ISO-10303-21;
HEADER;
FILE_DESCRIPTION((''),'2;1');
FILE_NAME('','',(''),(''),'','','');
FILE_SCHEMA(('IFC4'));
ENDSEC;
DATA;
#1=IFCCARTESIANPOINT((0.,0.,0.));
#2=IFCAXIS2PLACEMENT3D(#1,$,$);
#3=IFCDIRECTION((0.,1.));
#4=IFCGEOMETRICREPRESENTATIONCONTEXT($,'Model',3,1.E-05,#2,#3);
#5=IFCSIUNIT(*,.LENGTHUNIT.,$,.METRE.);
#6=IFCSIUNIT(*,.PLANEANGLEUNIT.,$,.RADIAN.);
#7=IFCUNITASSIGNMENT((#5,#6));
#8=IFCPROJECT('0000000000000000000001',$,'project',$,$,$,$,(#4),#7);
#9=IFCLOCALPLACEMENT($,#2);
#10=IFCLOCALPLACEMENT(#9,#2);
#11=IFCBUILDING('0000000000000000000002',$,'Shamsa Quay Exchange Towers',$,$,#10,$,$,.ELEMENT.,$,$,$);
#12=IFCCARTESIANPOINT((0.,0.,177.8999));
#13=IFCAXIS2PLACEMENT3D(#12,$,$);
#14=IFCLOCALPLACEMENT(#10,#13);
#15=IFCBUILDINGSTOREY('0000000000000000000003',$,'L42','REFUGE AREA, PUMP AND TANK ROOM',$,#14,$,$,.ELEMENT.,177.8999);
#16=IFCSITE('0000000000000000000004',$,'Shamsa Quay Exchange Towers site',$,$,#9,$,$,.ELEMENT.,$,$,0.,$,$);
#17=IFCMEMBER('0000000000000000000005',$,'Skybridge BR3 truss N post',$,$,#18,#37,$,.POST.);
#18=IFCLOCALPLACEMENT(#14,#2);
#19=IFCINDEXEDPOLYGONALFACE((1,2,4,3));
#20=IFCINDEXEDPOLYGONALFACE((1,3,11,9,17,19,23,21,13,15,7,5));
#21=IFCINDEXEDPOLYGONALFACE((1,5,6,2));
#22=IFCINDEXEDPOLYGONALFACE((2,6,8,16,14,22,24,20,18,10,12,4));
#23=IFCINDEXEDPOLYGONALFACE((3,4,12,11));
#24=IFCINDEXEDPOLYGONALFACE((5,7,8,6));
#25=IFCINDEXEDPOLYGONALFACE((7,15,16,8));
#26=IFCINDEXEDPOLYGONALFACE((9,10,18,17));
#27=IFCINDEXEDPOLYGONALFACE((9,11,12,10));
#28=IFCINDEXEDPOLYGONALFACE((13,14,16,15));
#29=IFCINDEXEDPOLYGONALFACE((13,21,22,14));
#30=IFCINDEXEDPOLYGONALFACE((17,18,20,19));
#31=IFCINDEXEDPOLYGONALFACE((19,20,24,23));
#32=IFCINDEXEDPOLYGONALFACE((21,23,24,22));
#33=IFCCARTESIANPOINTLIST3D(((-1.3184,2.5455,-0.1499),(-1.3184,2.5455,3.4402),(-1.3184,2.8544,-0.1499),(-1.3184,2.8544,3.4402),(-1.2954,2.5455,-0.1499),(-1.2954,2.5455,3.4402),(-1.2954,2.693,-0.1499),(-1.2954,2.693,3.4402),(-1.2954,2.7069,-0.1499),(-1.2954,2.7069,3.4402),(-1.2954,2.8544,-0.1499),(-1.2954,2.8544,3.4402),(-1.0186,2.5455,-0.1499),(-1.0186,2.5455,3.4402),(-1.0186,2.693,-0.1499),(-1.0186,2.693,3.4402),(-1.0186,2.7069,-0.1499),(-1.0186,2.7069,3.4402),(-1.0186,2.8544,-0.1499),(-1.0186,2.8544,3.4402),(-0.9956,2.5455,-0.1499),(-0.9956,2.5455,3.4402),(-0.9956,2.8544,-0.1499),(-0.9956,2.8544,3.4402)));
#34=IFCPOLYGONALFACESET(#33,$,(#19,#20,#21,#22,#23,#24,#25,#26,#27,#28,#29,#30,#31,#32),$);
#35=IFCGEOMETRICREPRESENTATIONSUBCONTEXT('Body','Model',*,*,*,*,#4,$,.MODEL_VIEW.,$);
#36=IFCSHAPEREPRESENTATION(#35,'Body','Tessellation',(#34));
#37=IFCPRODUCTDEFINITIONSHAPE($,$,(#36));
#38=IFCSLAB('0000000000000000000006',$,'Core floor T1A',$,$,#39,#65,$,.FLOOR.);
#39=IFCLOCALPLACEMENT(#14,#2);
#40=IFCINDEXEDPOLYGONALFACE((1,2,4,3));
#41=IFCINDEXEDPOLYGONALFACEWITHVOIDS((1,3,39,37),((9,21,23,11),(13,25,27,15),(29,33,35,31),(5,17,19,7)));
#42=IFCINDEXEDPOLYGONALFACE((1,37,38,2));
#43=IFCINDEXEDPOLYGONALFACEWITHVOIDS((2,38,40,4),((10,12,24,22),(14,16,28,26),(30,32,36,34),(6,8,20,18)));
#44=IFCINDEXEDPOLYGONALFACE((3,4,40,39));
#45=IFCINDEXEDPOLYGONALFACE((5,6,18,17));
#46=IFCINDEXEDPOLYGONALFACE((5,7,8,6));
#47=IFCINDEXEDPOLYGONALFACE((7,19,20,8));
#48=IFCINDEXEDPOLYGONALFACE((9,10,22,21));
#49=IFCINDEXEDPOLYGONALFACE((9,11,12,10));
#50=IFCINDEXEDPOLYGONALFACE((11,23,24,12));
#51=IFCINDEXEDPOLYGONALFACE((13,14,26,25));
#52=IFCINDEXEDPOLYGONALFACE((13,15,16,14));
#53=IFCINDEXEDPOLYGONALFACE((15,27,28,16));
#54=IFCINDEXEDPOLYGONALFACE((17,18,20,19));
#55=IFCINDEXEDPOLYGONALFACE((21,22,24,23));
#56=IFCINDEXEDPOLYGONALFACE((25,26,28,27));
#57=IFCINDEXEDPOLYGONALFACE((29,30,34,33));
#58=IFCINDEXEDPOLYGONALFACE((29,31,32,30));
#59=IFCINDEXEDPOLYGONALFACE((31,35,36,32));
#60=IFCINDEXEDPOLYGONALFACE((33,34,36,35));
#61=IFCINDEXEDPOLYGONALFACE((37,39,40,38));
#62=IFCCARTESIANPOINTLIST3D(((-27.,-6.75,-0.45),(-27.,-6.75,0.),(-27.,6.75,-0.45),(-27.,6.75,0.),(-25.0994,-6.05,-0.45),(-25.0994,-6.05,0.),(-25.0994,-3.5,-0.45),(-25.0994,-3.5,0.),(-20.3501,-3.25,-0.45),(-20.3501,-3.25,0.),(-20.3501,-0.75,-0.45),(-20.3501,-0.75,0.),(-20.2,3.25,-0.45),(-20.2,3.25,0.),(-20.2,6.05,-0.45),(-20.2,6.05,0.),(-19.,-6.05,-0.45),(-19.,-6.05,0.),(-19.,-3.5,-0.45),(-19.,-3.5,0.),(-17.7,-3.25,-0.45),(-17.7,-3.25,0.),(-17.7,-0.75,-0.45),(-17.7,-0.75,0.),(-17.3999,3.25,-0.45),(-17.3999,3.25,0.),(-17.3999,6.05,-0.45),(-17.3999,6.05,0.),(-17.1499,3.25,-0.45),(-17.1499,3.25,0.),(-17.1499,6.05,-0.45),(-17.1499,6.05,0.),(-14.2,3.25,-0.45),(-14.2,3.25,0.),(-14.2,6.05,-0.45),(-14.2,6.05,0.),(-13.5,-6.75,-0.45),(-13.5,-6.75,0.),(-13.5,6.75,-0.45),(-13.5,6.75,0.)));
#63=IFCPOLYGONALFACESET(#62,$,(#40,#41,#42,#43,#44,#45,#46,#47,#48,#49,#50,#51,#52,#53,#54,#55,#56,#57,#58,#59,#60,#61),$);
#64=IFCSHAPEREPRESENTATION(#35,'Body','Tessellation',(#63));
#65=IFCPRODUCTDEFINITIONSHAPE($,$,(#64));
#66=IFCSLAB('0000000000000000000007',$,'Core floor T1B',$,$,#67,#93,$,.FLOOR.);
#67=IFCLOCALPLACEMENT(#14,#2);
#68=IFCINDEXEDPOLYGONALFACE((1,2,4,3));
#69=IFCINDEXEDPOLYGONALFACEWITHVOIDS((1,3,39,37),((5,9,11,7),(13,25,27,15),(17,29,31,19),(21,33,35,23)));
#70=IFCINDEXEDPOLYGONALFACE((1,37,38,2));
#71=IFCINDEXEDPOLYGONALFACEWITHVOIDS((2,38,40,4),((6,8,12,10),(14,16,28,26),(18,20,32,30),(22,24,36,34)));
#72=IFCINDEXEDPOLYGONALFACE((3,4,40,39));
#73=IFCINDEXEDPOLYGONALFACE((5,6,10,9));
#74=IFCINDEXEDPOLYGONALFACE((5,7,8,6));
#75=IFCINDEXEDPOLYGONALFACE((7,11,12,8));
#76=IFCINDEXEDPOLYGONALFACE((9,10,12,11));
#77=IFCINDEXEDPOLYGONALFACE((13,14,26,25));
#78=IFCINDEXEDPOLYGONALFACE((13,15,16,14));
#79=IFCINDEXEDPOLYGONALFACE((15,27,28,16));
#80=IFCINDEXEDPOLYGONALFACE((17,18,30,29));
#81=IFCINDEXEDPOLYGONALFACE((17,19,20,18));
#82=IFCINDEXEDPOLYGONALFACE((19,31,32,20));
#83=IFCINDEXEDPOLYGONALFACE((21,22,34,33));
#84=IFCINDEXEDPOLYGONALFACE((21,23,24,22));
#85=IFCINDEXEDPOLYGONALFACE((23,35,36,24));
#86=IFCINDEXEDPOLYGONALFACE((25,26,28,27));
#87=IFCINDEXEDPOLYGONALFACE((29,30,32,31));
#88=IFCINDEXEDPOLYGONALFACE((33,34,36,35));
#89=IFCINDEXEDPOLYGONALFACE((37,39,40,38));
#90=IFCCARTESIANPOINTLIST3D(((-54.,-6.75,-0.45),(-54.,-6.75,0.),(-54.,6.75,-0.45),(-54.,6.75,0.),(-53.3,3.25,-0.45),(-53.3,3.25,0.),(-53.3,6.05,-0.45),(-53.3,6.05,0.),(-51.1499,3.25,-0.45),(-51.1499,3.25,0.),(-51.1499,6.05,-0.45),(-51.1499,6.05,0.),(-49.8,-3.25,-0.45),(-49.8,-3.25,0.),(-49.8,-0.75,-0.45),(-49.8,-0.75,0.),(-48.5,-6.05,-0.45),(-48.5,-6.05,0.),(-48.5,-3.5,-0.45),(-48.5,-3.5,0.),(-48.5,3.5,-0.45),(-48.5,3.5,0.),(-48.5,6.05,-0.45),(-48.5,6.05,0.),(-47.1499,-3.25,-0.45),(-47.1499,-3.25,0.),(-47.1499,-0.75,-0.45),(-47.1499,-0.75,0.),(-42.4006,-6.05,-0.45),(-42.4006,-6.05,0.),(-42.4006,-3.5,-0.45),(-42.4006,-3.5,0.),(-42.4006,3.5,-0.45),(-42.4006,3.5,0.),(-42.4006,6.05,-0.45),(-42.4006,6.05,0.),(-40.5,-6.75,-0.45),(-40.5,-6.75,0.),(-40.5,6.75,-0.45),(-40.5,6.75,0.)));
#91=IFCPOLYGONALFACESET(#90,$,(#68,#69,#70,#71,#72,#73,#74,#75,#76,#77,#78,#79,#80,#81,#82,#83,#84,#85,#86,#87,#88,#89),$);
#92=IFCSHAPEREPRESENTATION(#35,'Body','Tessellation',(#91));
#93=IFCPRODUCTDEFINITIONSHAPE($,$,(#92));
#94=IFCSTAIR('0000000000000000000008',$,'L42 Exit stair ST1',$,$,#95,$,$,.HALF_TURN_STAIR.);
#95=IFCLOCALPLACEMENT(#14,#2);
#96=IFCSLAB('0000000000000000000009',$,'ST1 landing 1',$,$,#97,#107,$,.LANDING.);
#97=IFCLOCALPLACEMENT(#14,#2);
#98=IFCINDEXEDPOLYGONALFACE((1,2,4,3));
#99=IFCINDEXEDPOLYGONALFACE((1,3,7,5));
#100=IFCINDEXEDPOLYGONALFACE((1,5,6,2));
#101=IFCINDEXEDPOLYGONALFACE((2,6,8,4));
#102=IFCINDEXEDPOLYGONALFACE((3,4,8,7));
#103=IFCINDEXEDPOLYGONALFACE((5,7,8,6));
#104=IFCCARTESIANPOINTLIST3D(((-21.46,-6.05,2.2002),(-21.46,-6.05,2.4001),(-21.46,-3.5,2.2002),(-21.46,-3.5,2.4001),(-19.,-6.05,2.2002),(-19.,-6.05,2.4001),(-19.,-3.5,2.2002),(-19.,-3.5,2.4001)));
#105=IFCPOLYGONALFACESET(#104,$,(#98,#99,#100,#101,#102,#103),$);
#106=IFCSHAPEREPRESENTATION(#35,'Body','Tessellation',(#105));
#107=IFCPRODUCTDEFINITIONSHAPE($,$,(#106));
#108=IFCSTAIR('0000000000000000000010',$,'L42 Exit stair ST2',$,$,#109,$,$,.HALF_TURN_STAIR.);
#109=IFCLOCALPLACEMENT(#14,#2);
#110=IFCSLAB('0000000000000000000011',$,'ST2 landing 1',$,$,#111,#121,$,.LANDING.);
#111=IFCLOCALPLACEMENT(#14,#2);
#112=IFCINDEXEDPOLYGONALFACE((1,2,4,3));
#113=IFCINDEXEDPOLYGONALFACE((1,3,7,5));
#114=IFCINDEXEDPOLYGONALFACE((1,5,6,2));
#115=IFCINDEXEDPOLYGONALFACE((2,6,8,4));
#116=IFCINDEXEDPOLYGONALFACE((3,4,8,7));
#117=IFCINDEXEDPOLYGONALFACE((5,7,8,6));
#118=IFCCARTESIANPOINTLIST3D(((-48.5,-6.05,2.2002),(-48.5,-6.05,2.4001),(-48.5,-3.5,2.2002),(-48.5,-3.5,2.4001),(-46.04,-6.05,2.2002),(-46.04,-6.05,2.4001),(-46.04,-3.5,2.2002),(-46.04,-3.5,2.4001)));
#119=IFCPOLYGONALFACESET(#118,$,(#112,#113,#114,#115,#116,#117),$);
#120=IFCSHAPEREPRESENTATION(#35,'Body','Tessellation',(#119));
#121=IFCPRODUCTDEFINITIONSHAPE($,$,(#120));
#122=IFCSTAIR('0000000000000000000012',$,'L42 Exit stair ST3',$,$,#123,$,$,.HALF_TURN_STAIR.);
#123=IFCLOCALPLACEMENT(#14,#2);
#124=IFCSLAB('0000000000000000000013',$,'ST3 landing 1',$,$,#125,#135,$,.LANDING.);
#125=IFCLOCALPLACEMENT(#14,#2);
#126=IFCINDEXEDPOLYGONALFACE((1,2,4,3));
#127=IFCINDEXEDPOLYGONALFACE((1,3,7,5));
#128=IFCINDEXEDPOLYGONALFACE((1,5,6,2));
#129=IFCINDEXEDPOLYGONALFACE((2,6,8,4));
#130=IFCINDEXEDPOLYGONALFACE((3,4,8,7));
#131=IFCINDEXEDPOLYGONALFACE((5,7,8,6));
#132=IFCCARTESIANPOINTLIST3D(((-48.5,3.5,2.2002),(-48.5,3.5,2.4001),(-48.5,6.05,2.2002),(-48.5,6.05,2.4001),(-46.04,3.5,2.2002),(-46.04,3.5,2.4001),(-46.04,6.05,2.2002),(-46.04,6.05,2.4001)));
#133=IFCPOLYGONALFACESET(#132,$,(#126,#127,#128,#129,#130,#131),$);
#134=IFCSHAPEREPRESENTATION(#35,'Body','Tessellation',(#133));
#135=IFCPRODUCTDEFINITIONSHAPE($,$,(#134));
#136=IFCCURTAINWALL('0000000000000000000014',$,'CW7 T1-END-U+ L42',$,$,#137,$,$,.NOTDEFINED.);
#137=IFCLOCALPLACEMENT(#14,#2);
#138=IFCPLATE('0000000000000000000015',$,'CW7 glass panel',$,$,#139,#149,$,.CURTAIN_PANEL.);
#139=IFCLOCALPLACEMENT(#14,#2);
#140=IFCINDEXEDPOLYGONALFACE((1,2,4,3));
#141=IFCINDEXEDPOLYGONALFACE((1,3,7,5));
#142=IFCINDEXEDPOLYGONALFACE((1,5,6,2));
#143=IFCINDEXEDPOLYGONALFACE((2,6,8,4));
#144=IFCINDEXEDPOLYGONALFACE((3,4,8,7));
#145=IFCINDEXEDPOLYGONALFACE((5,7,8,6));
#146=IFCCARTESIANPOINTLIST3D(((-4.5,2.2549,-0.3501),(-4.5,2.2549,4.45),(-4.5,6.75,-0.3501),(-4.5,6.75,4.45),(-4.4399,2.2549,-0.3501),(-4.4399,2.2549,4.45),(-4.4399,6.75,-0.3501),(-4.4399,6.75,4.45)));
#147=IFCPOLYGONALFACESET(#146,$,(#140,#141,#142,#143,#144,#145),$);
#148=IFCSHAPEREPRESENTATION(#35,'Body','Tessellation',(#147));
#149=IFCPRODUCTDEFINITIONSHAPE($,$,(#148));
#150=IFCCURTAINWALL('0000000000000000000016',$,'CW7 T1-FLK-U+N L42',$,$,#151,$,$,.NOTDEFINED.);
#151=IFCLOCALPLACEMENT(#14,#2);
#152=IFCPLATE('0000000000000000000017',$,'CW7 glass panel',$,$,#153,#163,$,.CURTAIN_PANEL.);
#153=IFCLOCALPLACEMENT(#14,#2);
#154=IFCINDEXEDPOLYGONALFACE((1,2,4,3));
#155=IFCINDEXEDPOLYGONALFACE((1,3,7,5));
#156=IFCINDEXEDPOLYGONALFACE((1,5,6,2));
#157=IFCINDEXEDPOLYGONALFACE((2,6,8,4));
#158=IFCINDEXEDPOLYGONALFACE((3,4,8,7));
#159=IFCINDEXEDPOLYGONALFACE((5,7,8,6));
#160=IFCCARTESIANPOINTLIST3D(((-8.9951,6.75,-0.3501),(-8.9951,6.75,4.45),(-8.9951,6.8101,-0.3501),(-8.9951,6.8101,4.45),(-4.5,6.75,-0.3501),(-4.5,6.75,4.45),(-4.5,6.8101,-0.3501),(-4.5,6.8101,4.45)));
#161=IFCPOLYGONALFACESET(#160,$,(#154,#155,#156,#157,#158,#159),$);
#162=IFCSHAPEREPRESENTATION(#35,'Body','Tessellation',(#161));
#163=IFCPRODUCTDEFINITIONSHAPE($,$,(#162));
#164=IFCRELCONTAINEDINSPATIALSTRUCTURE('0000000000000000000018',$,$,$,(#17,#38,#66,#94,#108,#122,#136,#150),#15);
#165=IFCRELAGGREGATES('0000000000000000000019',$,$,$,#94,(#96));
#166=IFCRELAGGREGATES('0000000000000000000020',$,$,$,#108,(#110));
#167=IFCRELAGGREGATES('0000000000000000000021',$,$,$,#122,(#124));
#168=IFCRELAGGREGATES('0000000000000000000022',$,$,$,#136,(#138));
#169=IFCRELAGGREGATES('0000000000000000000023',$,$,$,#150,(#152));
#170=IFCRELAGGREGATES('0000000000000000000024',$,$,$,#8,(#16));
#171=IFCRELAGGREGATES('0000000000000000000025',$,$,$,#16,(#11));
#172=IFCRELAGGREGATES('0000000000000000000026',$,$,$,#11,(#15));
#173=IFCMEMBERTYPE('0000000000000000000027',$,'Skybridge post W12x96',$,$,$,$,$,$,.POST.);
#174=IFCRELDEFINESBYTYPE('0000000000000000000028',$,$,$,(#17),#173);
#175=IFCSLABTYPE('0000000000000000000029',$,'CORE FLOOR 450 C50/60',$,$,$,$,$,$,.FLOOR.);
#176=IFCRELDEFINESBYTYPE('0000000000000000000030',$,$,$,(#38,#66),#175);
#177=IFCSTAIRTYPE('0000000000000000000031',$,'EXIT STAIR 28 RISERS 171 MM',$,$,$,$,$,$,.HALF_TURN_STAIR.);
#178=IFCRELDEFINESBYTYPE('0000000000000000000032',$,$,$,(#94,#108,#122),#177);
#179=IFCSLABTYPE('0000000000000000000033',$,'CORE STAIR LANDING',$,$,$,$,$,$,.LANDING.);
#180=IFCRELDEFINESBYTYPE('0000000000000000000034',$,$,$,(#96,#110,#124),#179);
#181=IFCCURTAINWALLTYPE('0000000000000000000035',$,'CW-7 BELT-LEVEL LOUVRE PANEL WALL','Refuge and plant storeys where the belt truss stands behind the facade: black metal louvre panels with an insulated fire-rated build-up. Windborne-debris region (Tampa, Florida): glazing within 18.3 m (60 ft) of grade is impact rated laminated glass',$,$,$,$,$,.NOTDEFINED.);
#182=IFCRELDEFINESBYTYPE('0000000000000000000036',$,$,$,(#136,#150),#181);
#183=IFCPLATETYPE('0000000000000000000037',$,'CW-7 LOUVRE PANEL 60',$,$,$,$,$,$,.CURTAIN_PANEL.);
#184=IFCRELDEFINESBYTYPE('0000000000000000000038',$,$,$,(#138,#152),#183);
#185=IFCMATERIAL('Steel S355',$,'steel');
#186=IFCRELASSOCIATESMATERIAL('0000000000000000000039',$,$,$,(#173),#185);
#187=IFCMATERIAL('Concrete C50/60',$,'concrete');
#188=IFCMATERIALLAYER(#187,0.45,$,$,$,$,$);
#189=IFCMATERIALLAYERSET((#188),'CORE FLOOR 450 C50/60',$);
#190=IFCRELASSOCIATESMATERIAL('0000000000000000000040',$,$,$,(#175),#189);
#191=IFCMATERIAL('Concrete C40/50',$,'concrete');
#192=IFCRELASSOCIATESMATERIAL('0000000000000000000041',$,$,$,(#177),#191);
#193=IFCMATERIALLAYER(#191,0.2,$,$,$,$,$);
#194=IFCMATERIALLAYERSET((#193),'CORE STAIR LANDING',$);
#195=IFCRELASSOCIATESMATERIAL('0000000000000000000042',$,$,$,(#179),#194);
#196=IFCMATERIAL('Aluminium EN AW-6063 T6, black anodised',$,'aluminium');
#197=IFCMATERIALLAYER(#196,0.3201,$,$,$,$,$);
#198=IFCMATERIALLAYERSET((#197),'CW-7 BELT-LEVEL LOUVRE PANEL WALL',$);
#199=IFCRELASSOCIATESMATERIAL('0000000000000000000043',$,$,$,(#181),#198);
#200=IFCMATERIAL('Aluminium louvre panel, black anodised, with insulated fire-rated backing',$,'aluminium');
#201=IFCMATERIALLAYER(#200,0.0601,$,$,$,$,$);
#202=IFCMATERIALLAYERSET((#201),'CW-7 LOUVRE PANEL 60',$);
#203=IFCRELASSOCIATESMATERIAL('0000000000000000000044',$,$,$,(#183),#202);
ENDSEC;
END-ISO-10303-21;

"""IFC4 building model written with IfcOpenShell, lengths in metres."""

from ifc_helpers import new_model, si_unit, direction, frame, origin, origin_2d, place, context, subcontext, project, spatial, polyline, rectangle, i_section, outline, extrude, material, layer, layer_set, material_profile, profile_set, type_object, element, aggregate, save


model = new_model("IFC4")

# Units and contexts
model_context = context("Model", 3, precision=1e-05, world=origin(), true_north=direction((0.0, 1.0)))
body_context = subcontext(model_context, "Body", "Model", "MODEL_VIEW")
ifc_project = project(units=[si_unit("LENGTHUNIT", "METRE"), si_unit("PLANEANGLEUNIT", "RADIAN")], contexts=[model_context])

# Site, building, storey
site_placement = place(None, origin())
site = spatial("IfcSite", under=ifc_project, at=site_placement, Name="Shamsa Quay Exchange Towers site", CompositionType="ELEMENT", RefElevation=0.0)
building_placement = place(site_placement, origin())
building = spatial("IfcBuilding", under=site, at=building_placement, Name="Shamsa Quay Exchange Towers", CompositionType="ELEMENT")
storey_placement = place(building_placement, frame((0.0, 0.0, 177.8999)))
storey = spatial("IfcBuildingStorey", under=building, at=storey_placement, Name="L42", Description="REFUGE AREA, PUMP AND TANK ROOM", CompositionType="ELEMENT", Elevation=177.8999)

# Member
ifc_material_1 = material(Name="Steel S355", Category="steel")
ifc_material_profile_1 = material_profile(ifc_material_1, i_section(OverallWidth=0.3088, OverallDepth=0.3228, WebThickness=0.0139, FlangeThickness=0.0229, at=origin_2d()), Name="W12x96")
ifc_profile_set_1 = profile_set([ifc_material_profile_1], Name="Steel S355")
member_type_1 = type_object("IfcMemberType", Name="Skybridge post W12x96", PredefinedType="POST", material=ifc_profile_set_1)
member_1_placement = place(storey_placement, frame((-1.157, 2.7, -0.1499), z_axis=(0.0, 0.0, 1.0), x_axis=(0.0, 1.0, 0.0)))
element("IfcMember", 1, at=member_1_placement, inside=storey, type_object=member_type_1, Name="Skybridge BR3 truss N post", PredefinedType="POST", context=body_context, shape_type="SweptSolid", body=[
    extrude(i_section(OverallWidth=0.3088, OverallDepth=0.3228, WebThickness=0.0139, FlangeThickness=0.0229, at=origin_2d()), origin(), (0.0, 0.0, 1.0), 3.5901),
])

# Slabs
ifc_material_2 = material(Name="Concrete C50/60", Category="concrete")
ifc_layer_1 = layer(ifc_material_2, 0.45)
ifc_layer_set_1 = layer_set([ifc_layer_1], Name="CORE FLOOR 450 C50/60")
slab_type_1 = type_object("IfcSlabType", Name="CORE FLOOR 450 C50/60", PredefinedType="FLOOR", material=ifc_layer_set_1)
slab_1_placement = place(storey_placement, frame((0.0, 0.0, -0.45)))
element("IfcSlab", 2, at=slab_1_placement, inside=storey, type_object=slab_type_1, Name="Core floor T1A", PredefinedType="FLOOR", context=body_context, shape_type="SweptSolid", body=[
    extrude(outline(polyline([(-27.0, -6.75), (-13.5, -6.75), (-13.5, 6.75), (-27.0, 6.75), (-27.0, -6.75)]), holes=[polyline([(-25.0994, -6.05), (-25.0994, -3.5), (-19.0, -3.5), (-19.0, -6.05), (-25.0994, -6.05)]), polyline([(-20.2, 3.25), (-20.2, 6.05), (-17.3999, 6.05), (-17.3999, 3.25), (-20.2, 3.25)]), polyline([(-17.1499, 3.25), (-17.1499, 6.05), (-14.2, 6.05), (-14.2, 3.25), (-17.1499, 3.25)]), polyline([(-20.3501, -3.25), (-20.3501, -0.75), (-17.7, -0.75), (-17.7, -3.25), (-20.3501, -3.25)])]), origin(), (0.0, 0.0, 1.0), 0.45),
])
slab_2_placement = place(storey_placement, frame((0.0, 0.0, -0.45)))
element("IfcSlab", 3, at=slab_2_placement, inside=storey, type_object=slab_type_1, Name="Core floor T1B", PredefinedType="FLOOR", context=body_context, shape_type="SweptSolid", body=[
    extrude(outline(polyline([(-40.5, -6.75), (-40.5, 6.75), (-54.0, 6.75), (-54.0, -6.75), (-40.5, -6.75)]), holes=[polyline([(-42.4006, -3.5), (-42.4006, -6.05), (-48.5, -6.05), (-48.5, -3.5), (-42.4006, -3.5)]), polyline([(-42.4006, 6.05), (-42.4006, 3.5), (-48.5, 3.5), (-48.5, 6.05), (-42.4006, 6.05)]), polyline([(-51.1499, 3.25), (-53.3, 3.25), (-53.3, 6.05), (-51.1499, 6.05), (-51.1499, 3.25)]), polyline([(-47.1499, -3.25), (-49.8, -3.25), (-49.8, -0.75), (-47.1499, -0.75), (-47.1499, -3.25)])]), origin(), (0.0, 0.0, 1.0), 0.45),
])

# Stairs, slabs
ifc_material_3 = material(Name="Concrete C40/50", Category="concrete")
stair_type = type_object("IfcStairType", Name="EXIT STAIR 28 RISERS 171 MM", PredefinedType="HALF_TURN_STAIR", material=ifc_material_3)
stair_1_placement = place(storey_placement, origin())
stair_1 = element("IfcStair", 4, at=stair_1_placement, inside=storey, type_object=stair_type, Name="L42 Exit stair ST1", PredefinedType="HALF_TURN_STAIR")
ifc_layer_2 = layer(ifc_material_3, 0.2)
ifc_layer_set_2 = layer_set([ifc_layer_2], Name="CORE STAIR LANDING")
slab_type_2 = type_object("IfcSlabType", Name="CORE STAIR LANDING", PredefinedType="LANDING", material=ifc_layer_set_2)
slab_3_placement = place(storey_placement, frame((0.0, 0.0, 2.2002)))
slab_3 = element("IfcSlab", 5, at=slab_3_placement, type_object=slab_type_2, Name="ST1 landing 1", PredefinedType="LANDING", context=body_context, shape_type="SweptSolid", body=[
    extrude(outline(polyline([(-21.46, -6.05), (-19.0, -6.05), (-19.0, -3.5), (-21.46, -3.5), (-21.46, -6.05)])), origin(), (0.0, 0.0, 1.0), 0.2),
])
aggregate(stair_1, [slab_3])
stair_2_placement = place(storey_placement, origin())
stair_2 = element("IfcStair", 6, at=stair_2_placement, inside=storey, type_object=stair_type, Name="L42 Exit stair ST2", PredefinedType="HALF_TURN_STAIR")
slab_4_placement = place(storey_placement, frame((0.0, 0.0, 2.2002)))
slab_4 = element("IfcSlab", 7, at=slab_4_placement, type_object=slab_type_2, Name="ST2 landing 1", PredefinedType="LANDING", context=body_context, shape_type="SweptSolid", body=[
    extrude(outline(polyline([(-46.04, -3.5), (-48.5, -3.5), (-48.5, -6.05), (-46.04, -6.05), (-46.04, -3.5)])), origin(), (0.0, 0.0, 1.0), 0.2),
])
aggregate(stair_2, [slab_4])
stair_3_placement = place(storey_placement, origin())
stair_3 = element("IfcStair", 8, at=stair_3_placement, inside=storey, type_object=stair_type, Name="L42 Exit stair ST3", PredefinedType="HALF_TURN_STAIR")
slab_5_placement = place(storey_placement, frame((0.0, 0.0, 2.2002)))
slab_5 = element("IfcSlab", 9, at=slab_5_placement, type_object=slab_type_2, Name="ST3 landing 1", PredefinedType="LANDING", context=body_context, shape_type="SweptSolid", body=[
    extrude(outline(polyline([(-46.04, 6.05), (-48.5, 6.05), (-48.5, 3.5), (-46.04, 3.5), (-46.04, 6.05)])), origin(), (0.0, 0.0, 1.0), 0.2),
])
aggregate(stair_3, [slab_5])

# Curtain walls, plates
ifc_material_4 = material(Name="Aluminium EN AW-6063 T6, black anodised", Category="aluminium")
ifc_layer_3 = layer(ifc_material_4, 0.3201)
ifc_layer_set_3 = layer_set([ifc_layer_3], Name="CW-7 BELT-LEVEL LOUVRE PANEL WALL")
curtain_wall_type = type_object("IfcCurtainWallType", Name="CW-7 BELT-LEVEL LOUVRE PANEL WALL", Description="Refuge and plant storeys where the belt truss stands behind the facade: black metal louvre panels with an insulated fire-rated build-up. Windborne-debris region (Tampa, Florida): glazing within 18.3 m (60 ft) of grade is impact rated laminated glass", PredefinedType="NOTDEFINED", material=ifc_layer_set_3)
curtain_wall_1_placement = place(storey_placement, origin())
curtain_wall_1 = element("IfcCurtainWall", 10, at=curtain_wall_1_placement, inside=storey, type_object=curtain_wall_type, Name="CW7 T1-END-U+ L42", PredefinedType="NOTDEFINED")
ifc_material_5 = material(Name="Aluminium louvre panel, black anodised, with insulated fire-rated backing", Category="aluminium")
ifc_layer_4 = layer(ifc_material_5, 0.0601)
ifc_layer_set_4 = layer_set([ifc_layer_4], Name="CW-7 LOUVRE PANEL 60")
plate_type = type_object("IfcPlateType", Name="CW-7 LOUVRE PANEL 60", PredefinedType="CURTAIN_PANEL", material=ifc_layer_set_4)
plate_1_placement = place(storey_placement, frame((-4.47, 4.5024, -0.3501), z_axis=(0.0, 0.0, 1.0), x_axis=(0.0, 1.0, 0.0)))
plate_1 = element("IfcPlate", 11, at=plate_1_placement, type_object=plate_type, Name="CW7 glass panel", PredefinedType="CURTAIN_PANEL", context=body_context, shape_type="SweptSolid", body=[
    extrude(rectangle(XDim=4.4951, YDim=0.0601, at=origin_2d()), origin(), (0.0, 0.0, 1.0), 4.8),
])
aggregate(curtain_wall_1, [plate_1])
curtain_wall_2_placement = place(storey_placement, origin())
curtain_wall_2 = element("IfcCurtainWall", 12, at=curtain_wall_2_placement, inside=storey, type_object=curtain_wall_type, Name="CW7 T1-FLK-U+N L42", PredefinedType="NOTDEFINED")
plate_2_placement = place(storey_placement, frame((-6.7476, 6.78, -0.3501), z_axis=(0.0, 0.0, 1.0), x_axis=(-1.0, 0.0, 0.0)))
plate_2 = element("IfcPlate", 13, at=plate_2_placement, type_object=plate_type, Name="CW7 glass panel", PredefinedType="CURTAIN_PANEL", context=body_context, shape_type="SweptSolid", body=[
    extrude(rectangle(XDim=4.4951, YDim=0.0601, at=origin_2d()), origin(), (0.0, 0.0, 1.0), 4.8),
])
aggregate(curtain_wall_2, [plate_2])

save(model, "model.ifc")
